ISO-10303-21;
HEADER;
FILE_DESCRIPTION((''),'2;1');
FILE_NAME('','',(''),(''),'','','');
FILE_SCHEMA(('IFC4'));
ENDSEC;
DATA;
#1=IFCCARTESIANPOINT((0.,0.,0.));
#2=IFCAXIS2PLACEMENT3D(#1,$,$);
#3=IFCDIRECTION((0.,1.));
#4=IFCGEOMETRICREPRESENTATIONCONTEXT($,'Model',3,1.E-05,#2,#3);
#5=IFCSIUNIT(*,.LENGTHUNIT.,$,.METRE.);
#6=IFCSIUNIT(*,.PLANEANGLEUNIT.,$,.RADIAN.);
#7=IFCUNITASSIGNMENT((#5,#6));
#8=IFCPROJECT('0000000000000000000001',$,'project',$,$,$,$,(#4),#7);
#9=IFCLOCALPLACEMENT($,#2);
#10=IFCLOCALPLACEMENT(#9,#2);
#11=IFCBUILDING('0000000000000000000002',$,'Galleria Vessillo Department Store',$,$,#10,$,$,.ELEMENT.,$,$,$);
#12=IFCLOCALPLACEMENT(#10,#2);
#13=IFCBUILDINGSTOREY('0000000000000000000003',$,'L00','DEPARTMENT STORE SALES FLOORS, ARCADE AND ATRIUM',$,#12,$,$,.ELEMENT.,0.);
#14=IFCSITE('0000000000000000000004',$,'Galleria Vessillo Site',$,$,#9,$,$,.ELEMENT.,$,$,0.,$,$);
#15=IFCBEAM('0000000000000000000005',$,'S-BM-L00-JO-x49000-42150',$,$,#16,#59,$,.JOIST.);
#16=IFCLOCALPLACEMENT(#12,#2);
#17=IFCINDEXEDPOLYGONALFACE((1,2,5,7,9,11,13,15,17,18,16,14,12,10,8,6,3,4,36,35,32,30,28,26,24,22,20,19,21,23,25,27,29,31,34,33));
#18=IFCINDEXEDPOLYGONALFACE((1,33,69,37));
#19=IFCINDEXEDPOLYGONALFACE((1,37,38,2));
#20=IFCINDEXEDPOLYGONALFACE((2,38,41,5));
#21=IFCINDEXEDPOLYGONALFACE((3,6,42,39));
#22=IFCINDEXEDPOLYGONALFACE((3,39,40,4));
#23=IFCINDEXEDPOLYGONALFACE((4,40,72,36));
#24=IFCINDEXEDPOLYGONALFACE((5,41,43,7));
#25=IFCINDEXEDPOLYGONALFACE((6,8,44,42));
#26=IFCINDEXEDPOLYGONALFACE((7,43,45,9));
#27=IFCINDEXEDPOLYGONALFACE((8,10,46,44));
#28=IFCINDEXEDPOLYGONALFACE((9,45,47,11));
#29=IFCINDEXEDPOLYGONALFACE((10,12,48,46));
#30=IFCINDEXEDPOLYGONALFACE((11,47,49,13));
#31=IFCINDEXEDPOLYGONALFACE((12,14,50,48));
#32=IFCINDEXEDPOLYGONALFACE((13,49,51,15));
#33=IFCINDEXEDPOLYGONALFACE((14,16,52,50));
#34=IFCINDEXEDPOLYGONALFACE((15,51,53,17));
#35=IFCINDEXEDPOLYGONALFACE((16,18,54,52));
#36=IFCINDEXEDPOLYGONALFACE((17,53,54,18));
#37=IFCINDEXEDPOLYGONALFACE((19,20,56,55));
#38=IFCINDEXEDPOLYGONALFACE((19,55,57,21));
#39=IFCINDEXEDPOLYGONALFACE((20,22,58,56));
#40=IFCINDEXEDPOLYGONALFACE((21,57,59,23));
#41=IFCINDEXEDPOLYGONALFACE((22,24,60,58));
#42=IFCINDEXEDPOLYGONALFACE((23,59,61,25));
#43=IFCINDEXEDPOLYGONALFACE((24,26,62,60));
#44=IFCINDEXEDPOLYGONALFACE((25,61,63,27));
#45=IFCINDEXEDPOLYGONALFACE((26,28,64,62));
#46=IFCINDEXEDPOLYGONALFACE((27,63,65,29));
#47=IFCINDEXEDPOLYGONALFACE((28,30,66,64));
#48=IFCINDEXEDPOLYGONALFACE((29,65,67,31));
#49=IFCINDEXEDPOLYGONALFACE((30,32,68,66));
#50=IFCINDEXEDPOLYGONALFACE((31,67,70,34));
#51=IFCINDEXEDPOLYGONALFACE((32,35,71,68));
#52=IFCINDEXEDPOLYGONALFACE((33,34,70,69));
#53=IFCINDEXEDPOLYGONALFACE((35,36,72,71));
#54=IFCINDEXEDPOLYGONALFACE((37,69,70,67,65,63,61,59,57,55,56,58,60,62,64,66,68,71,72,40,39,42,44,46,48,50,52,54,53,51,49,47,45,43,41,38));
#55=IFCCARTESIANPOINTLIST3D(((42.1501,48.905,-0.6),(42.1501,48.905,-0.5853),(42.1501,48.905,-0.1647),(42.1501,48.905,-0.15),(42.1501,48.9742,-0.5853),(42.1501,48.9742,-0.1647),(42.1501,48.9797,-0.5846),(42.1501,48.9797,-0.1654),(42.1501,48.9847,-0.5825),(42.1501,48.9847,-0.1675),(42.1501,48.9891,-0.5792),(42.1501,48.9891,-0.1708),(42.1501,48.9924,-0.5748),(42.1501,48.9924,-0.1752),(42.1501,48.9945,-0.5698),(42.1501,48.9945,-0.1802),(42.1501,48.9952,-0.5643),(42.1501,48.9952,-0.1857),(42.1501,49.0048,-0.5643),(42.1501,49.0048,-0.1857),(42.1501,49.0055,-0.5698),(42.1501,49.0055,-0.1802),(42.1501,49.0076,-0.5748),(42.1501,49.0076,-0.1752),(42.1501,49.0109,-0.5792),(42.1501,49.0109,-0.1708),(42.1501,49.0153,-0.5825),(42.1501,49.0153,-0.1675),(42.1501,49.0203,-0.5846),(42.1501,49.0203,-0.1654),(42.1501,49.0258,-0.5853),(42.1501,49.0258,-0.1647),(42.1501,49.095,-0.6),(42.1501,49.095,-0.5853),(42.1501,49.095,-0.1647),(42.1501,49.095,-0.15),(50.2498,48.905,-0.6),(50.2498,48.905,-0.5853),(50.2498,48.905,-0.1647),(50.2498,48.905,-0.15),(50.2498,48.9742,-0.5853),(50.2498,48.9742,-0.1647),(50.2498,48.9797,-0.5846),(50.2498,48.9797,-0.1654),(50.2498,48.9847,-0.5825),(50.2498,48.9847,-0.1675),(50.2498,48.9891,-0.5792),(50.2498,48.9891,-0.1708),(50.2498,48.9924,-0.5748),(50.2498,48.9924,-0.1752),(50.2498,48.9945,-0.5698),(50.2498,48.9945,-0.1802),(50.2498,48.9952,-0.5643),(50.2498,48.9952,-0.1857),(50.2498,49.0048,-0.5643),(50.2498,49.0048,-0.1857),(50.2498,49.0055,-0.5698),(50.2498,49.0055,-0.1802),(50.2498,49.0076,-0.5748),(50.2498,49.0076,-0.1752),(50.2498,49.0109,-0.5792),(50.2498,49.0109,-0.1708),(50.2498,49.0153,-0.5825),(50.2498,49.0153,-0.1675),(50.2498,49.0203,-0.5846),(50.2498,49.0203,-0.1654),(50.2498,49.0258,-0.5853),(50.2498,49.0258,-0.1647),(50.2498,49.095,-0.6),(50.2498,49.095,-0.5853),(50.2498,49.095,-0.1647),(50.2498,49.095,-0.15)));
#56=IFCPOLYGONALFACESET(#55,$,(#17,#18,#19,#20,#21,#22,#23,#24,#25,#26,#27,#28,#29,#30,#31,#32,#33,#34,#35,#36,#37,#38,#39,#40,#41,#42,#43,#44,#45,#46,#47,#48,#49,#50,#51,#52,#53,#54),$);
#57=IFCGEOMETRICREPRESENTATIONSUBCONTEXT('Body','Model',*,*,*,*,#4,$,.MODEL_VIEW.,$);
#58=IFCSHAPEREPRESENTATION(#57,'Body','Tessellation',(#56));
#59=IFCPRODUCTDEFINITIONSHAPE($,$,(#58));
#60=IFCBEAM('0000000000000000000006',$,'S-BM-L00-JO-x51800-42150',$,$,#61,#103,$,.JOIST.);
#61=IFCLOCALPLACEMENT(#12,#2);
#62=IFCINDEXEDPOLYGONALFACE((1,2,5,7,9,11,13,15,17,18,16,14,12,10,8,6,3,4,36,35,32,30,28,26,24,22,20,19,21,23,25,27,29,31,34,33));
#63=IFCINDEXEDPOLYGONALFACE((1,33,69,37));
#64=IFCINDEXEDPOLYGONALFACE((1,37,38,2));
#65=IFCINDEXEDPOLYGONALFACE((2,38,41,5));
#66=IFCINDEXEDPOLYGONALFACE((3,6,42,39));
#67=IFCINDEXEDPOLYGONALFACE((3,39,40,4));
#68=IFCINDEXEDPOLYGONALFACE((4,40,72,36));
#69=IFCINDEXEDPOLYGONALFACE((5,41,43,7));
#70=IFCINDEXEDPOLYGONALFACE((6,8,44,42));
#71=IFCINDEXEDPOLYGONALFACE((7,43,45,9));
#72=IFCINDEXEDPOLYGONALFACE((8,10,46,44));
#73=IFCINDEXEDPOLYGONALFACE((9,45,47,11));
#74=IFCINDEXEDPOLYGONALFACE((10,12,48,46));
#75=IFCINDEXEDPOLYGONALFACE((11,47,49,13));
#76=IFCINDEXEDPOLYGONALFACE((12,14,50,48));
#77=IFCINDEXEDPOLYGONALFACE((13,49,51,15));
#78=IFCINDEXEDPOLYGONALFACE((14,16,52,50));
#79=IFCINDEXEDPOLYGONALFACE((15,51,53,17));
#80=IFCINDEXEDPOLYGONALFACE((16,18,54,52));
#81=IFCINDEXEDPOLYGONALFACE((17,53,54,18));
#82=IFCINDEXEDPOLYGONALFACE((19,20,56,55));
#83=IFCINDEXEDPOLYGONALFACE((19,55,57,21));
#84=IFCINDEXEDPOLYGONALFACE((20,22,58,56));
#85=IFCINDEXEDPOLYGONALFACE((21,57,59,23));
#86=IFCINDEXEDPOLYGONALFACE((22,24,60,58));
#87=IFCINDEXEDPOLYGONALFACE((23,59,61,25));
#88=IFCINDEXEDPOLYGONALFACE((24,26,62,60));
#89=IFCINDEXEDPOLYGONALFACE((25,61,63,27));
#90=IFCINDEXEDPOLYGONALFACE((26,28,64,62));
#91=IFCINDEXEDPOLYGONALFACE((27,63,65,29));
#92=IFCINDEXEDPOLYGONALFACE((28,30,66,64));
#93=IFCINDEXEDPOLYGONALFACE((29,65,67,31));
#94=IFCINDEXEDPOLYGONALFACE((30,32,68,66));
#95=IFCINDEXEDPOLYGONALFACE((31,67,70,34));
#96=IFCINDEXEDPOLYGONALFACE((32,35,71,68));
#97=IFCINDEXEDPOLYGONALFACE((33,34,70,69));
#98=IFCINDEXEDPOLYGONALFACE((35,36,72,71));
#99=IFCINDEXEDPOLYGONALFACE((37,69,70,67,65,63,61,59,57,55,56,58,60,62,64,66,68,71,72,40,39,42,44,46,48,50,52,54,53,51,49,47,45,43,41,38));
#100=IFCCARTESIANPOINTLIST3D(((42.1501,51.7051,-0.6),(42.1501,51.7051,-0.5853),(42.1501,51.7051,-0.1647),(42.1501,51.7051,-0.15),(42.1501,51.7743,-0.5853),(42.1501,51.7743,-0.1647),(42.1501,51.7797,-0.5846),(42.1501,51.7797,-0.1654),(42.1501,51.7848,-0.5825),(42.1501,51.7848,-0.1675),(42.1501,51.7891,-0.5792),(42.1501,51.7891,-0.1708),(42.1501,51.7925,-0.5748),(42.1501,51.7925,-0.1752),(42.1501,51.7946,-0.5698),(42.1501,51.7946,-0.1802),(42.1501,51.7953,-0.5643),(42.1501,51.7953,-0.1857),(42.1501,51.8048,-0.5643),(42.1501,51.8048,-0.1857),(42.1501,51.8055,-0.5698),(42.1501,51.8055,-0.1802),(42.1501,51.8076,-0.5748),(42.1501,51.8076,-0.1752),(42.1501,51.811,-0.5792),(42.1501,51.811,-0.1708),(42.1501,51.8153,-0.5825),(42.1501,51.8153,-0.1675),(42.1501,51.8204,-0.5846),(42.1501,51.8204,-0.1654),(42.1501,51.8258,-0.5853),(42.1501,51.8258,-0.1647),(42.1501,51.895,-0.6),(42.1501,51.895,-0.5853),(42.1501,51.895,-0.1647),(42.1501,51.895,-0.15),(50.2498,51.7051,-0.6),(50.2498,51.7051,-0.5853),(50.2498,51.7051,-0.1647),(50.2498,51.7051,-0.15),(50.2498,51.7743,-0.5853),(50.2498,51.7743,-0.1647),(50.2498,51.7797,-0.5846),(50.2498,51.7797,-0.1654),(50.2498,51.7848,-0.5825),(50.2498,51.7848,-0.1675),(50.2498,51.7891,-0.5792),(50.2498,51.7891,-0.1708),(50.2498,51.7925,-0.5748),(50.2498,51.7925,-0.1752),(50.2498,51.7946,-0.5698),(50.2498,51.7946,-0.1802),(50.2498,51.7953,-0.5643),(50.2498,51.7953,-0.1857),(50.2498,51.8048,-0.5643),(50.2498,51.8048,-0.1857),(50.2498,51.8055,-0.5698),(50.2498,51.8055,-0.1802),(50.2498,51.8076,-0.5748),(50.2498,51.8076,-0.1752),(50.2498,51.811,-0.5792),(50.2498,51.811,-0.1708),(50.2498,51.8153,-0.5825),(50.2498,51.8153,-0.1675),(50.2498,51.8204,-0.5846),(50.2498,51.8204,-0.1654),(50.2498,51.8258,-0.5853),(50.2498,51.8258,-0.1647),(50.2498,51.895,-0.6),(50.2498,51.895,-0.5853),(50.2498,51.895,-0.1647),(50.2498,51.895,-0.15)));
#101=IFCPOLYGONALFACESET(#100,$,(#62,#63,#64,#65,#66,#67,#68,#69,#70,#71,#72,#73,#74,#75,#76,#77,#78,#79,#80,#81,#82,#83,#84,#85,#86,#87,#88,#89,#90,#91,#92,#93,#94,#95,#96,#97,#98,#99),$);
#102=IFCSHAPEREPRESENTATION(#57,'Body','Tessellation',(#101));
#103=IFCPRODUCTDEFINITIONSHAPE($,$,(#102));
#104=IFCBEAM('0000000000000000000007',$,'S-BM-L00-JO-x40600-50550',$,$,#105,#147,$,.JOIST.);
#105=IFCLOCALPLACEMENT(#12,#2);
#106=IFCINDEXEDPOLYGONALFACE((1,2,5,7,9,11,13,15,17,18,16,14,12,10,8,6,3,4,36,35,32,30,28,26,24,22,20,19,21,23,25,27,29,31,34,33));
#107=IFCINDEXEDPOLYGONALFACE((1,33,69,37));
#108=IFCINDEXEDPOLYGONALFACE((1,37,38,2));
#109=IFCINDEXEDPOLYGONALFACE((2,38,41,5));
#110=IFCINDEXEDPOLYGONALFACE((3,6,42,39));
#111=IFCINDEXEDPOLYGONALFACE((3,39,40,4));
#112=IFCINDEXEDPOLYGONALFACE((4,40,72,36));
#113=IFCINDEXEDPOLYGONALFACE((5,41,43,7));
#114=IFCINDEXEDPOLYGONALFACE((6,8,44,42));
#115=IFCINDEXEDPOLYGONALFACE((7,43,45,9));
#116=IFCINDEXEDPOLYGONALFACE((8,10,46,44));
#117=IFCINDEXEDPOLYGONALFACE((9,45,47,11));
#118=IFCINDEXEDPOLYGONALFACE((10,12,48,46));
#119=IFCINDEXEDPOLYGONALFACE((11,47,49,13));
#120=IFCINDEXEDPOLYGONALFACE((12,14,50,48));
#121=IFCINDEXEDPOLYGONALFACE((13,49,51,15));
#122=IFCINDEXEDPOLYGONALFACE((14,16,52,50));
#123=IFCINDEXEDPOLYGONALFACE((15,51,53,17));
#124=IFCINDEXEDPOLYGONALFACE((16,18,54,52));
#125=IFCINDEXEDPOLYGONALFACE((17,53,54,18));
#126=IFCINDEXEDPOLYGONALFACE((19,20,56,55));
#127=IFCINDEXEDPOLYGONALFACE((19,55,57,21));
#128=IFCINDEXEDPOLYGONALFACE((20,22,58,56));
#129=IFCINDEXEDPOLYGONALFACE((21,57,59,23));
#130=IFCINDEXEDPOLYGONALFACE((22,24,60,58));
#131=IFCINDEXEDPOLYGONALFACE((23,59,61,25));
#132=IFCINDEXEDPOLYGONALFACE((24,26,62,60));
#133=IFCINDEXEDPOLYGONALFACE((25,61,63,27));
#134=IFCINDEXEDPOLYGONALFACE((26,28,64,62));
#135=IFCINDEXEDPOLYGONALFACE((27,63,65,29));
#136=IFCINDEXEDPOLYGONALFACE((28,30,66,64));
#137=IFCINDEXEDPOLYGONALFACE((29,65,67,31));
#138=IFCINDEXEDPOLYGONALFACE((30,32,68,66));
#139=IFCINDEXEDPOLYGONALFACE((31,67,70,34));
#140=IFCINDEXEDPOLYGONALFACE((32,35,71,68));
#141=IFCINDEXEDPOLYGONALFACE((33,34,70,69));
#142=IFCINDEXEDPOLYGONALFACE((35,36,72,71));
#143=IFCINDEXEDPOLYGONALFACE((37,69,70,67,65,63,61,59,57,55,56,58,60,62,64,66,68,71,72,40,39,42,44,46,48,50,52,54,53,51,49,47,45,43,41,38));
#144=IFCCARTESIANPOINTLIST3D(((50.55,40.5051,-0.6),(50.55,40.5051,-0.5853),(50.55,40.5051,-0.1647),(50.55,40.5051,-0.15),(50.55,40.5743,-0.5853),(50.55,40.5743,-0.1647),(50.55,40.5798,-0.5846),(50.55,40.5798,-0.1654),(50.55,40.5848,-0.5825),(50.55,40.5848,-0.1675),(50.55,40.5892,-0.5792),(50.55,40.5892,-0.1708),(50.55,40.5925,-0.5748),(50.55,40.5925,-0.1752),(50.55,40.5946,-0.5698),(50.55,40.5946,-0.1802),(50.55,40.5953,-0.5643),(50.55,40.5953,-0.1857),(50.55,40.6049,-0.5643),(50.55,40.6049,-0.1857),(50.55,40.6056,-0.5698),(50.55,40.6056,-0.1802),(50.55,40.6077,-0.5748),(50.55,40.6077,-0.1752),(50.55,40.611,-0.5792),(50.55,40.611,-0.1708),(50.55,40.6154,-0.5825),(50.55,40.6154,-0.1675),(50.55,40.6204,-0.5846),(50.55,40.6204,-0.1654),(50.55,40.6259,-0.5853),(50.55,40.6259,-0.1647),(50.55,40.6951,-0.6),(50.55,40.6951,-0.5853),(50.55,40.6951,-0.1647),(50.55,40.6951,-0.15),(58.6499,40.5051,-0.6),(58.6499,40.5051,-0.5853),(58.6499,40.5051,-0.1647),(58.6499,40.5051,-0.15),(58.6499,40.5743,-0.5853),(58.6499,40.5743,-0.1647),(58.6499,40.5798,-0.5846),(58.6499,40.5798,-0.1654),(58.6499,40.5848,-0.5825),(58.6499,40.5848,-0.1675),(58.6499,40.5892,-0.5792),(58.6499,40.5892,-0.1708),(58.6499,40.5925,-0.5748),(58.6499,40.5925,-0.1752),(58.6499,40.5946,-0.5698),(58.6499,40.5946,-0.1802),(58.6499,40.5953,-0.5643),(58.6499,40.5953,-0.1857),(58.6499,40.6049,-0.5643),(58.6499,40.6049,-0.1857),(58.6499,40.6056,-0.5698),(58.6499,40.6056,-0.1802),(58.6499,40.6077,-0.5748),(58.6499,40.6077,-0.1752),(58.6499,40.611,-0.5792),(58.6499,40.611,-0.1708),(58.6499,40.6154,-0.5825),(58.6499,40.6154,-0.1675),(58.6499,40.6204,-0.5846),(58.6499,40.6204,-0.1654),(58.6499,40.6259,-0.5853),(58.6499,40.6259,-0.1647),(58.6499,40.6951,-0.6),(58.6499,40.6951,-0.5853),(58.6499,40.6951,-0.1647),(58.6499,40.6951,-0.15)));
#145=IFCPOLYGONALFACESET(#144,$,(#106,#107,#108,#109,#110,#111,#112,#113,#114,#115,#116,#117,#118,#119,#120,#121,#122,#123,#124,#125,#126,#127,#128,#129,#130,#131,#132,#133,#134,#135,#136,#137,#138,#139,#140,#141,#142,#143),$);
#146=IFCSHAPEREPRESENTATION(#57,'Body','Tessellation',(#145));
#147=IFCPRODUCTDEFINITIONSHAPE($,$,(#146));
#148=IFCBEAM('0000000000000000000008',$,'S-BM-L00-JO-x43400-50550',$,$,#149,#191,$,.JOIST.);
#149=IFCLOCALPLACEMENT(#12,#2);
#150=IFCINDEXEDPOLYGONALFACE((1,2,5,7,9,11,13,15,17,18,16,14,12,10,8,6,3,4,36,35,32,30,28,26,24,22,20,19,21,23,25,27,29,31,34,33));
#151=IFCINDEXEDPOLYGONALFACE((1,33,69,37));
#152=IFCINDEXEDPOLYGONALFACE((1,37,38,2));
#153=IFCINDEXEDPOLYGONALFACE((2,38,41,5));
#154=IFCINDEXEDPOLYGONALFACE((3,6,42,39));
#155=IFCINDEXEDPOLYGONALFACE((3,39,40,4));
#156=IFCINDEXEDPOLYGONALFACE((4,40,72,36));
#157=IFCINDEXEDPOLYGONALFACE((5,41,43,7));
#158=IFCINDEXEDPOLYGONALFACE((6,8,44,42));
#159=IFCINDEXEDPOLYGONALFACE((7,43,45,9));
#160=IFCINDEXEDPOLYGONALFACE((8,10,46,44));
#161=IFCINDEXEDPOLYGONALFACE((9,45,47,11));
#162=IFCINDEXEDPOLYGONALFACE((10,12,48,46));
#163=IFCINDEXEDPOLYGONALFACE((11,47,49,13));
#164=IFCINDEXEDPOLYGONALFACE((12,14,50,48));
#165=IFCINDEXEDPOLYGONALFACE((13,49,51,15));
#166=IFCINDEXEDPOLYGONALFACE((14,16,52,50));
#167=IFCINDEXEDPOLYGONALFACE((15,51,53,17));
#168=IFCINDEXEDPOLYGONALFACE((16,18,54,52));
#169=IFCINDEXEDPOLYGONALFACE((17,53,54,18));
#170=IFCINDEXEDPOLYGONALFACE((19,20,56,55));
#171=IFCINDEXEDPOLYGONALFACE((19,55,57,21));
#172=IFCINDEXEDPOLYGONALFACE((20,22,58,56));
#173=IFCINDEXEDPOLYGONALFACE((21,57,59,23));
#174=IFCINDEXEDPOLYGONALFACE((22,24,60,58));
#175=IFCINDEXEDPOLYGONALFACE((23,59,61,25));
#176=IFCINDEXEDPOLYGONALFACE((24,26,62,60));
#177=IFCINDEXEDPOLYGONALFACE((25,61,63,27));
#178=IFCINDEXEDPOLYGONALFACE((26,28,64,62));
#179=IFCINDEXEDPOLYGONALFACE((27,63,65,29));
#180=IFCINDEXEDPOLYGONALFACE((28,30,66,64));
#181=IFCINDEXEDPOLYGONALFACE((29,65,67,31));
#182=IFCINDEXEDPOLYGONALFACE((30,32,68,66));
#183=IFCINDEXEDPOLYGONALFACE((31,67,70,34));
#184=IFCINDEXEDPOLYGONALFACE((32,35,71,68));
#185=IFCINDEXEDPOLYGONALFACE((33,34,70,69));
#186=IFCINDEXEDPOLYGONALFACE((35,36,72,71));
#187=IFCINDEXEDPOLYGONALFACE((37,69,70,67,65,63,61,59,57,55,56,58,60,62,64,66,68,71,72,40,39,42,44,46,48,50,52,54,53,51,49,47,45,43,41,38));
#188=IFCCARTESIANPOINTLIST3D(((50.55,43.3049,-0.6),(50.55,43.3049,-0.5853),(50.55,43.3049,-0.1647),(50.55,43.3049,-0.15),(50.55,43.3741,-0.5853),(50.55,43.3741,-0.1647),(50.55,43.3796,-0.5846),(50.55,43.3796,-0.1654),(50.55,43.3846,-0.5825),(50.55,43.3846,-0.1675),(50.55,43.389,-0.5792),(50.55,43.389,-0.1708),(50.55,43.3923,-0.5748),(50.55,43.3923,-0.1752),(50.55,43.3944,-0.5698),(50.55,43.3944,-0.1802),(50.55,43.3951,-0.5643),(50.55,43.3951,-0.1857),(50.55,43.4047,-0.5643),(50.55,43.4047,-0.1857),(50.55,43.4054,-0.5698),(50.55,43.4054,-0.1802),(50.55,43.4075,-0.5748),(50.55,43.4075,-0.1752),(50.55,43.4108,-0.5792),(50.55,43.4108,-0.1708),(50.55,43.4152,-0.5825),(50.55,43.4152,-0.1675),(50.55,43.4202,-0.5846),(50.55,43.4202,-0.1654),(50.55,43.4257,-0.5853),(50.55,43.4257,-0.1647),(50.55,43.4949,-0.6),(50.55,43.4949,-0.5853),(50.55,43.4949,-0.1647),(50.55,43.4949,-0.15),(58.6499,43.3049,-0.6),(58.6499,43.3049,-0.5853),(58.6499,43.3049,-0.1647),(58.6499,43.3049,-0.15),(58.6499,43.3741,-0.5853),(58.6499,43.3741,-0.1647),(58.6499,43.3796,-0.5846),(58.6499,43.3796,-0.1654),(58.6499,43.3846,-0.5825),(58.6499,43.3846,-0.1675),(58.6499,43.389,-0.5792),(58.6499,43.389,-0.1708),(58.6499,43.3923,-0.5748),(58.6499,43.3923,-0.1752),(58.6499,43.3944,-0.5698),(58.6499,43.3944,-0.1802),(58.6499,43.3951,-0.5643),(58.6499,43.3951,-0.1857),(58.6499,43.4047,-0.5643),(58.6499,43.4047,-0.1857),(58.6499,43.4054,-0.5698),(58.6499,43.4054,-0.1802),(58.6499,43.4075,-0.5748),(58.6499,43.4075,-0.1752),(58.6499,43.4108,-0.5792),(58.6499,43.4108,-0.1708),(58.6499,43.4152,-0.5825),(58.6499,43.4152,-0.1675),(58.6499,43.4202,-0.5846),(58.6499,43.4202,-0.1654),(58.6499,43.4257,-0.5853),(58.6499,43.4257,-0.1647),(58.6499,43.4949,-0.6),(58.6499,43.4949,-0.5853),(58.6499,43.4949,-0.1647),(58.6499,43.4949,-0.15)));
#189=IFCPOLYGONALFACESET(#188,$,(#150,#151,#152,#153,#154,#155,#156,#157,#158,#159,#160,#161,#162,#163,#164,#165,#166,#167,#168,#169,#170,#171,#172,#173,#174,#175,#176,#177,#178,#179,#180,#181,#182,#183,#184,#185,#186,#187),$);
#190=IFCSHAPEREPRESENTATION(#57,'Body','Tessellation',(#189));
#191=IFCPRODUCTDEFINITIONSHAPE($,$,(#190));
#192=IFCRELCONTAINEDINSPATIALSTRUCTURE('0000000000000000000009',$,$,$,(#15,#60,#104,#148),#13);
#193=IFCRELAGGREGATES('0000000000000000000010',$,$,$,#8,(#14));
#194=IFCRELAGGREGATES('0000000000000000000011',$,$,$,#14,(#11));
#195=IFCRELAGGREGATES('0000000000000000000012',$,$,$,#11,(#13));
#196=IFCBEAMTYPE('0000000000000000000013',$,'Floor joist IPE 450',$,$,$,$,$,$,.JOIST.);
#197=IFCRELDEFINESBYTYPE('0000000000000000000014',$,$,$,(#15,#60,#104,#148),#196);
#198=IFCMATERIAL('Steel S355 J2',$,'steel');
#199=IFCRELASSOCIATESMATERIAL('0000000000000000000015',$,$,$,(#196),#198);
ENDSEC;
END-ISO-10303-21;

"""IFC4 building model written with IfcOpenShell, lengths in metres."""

from ifc_helpers import new_model, si_unit, direction, frame, origin, origin_2d, place, context, subcontext, project, spatial, i_section, extrude, material, material_profile, profile_set, type_object, element, save


model = new_model("IFC4")

# Units and contexts
model_context = context("Model", 3, precision=1e-05, world=origin(), true_north=direction((0.0, 1.0)))
body_context = subcontext(model_context, "Body", "Model", "MODEL_VIEW")
ifc_project = project(units=[si_unit("LENGTHUNIT", "METRE"), si_unit("PLANEANGLEUNIT", "RADIAN")], contexts=[model_context])

# Site, building, storey
site_placement = place(None, origin())
site = spatial("IfcSite", under=ifc_project, at=site_placement, Name="Galleria Vessillo Site", CompositionType="ELEMENT", RefElevation=0.0)
building_placement = place(site_placement, origin())
building = spatial("IfcBuilding", under=site, at=building_placement, Name="Galleria Vessillo Department Store", CompositionType="ELEMENT")
storey_placement = place(building_placement, origin())
storey = spatial("IfcBuildingStorey", under=building, at=storey_placement, Name="L00", Description="DEPARTMENT STORE SALES FLOORS, ARCADE AND ATRIUM", CompositionType="ELEMENT", Elevation=0.0)

# Beams
ifc_material_1 = material(Name="Steel S355 J2", Category="steel")
ifc_material_profile_1 = material_profile(ifc_material_1, i_section(OverallWidth=0.1899, OverallDepth=0.45, WebThickness=0.0095, FlangeThickness=0.0146, FilletRadius=0.021, at=origin_2d()), Name="IPE 450")
ifc_profile_set_1 = profile_set([ifc_material_profile_1], Name="Steel S355 J2")
beam_type_1 = type_object("IfcBeamType", Name="Floor joist IPE 450", PredefinedType="JOIST", material=ifc_profile_set_1)
for number, where, z_axis, x_axis, name in (
    (1, (42.1501, 49.0, -0.375), (1.0, 0.0, 0.0), (0.0, 1.0, 0.0), "S-BM-L00-JO-x49000-42150"),
    (2, (42.1501, 51.8, -0.375), (1.0, 0.0, 0.0), (0.0, 1.0, 0.0), "S-BM-L00-JO-x51800-42150"),
):
    element("IfcBeam", number, at=place(storey_placement, frame(where, z_axis=z_axis, x_axis=x_axis)), inside=storey, type_object=beam_type_1, Name=name, PredefinedType="JOIST", context=body_context, shape_type="SweptSolid", body=[
        extrude(i_section(OverallWidth=0.1899, OverallDepth=0.45, WebThickness=0.0095, FlangeThickness=0.0146, FilletRadius=0.021, at=origin_2d()), origin(), (0.0, 0.0, 1.0), 8.0996),
    ])
for number, where, z_axis, x_axis, name in (
    (3, (50.55, 40.6001, -0.375), (1.0, 0.0, 0.0), (0.0, 1.0, 0.0), "S-BM-L00-JO-x40600-50550"),
    (4, (50.55, 43.3999, -0.375), (1.0, 0.0, 0.0), (0.0, 1.0, 0.0), "S-BM-L00-JO-x43400-50550"),
):
    element("IfcBeam", number, at=place(storey_placement, frame(where, z_axis=z_axis, x_axis=x_axis)), inside=storey, type_object=beam_type_1, Name=name, PredefinedType="JOIST", context=body_context, shape_type="SweptSolid", body=[
        extrude(i_section(OverallWidth=0.1899, OverallDepth=0.45, WebThickness=0.0095, FlangeThickness=0.0146, FilletRadius=0.021, at=origin_2d()), origin(), (0.0, 0.0, 1.0), 8.0999),
    ])

save(model, "model.ifc")
